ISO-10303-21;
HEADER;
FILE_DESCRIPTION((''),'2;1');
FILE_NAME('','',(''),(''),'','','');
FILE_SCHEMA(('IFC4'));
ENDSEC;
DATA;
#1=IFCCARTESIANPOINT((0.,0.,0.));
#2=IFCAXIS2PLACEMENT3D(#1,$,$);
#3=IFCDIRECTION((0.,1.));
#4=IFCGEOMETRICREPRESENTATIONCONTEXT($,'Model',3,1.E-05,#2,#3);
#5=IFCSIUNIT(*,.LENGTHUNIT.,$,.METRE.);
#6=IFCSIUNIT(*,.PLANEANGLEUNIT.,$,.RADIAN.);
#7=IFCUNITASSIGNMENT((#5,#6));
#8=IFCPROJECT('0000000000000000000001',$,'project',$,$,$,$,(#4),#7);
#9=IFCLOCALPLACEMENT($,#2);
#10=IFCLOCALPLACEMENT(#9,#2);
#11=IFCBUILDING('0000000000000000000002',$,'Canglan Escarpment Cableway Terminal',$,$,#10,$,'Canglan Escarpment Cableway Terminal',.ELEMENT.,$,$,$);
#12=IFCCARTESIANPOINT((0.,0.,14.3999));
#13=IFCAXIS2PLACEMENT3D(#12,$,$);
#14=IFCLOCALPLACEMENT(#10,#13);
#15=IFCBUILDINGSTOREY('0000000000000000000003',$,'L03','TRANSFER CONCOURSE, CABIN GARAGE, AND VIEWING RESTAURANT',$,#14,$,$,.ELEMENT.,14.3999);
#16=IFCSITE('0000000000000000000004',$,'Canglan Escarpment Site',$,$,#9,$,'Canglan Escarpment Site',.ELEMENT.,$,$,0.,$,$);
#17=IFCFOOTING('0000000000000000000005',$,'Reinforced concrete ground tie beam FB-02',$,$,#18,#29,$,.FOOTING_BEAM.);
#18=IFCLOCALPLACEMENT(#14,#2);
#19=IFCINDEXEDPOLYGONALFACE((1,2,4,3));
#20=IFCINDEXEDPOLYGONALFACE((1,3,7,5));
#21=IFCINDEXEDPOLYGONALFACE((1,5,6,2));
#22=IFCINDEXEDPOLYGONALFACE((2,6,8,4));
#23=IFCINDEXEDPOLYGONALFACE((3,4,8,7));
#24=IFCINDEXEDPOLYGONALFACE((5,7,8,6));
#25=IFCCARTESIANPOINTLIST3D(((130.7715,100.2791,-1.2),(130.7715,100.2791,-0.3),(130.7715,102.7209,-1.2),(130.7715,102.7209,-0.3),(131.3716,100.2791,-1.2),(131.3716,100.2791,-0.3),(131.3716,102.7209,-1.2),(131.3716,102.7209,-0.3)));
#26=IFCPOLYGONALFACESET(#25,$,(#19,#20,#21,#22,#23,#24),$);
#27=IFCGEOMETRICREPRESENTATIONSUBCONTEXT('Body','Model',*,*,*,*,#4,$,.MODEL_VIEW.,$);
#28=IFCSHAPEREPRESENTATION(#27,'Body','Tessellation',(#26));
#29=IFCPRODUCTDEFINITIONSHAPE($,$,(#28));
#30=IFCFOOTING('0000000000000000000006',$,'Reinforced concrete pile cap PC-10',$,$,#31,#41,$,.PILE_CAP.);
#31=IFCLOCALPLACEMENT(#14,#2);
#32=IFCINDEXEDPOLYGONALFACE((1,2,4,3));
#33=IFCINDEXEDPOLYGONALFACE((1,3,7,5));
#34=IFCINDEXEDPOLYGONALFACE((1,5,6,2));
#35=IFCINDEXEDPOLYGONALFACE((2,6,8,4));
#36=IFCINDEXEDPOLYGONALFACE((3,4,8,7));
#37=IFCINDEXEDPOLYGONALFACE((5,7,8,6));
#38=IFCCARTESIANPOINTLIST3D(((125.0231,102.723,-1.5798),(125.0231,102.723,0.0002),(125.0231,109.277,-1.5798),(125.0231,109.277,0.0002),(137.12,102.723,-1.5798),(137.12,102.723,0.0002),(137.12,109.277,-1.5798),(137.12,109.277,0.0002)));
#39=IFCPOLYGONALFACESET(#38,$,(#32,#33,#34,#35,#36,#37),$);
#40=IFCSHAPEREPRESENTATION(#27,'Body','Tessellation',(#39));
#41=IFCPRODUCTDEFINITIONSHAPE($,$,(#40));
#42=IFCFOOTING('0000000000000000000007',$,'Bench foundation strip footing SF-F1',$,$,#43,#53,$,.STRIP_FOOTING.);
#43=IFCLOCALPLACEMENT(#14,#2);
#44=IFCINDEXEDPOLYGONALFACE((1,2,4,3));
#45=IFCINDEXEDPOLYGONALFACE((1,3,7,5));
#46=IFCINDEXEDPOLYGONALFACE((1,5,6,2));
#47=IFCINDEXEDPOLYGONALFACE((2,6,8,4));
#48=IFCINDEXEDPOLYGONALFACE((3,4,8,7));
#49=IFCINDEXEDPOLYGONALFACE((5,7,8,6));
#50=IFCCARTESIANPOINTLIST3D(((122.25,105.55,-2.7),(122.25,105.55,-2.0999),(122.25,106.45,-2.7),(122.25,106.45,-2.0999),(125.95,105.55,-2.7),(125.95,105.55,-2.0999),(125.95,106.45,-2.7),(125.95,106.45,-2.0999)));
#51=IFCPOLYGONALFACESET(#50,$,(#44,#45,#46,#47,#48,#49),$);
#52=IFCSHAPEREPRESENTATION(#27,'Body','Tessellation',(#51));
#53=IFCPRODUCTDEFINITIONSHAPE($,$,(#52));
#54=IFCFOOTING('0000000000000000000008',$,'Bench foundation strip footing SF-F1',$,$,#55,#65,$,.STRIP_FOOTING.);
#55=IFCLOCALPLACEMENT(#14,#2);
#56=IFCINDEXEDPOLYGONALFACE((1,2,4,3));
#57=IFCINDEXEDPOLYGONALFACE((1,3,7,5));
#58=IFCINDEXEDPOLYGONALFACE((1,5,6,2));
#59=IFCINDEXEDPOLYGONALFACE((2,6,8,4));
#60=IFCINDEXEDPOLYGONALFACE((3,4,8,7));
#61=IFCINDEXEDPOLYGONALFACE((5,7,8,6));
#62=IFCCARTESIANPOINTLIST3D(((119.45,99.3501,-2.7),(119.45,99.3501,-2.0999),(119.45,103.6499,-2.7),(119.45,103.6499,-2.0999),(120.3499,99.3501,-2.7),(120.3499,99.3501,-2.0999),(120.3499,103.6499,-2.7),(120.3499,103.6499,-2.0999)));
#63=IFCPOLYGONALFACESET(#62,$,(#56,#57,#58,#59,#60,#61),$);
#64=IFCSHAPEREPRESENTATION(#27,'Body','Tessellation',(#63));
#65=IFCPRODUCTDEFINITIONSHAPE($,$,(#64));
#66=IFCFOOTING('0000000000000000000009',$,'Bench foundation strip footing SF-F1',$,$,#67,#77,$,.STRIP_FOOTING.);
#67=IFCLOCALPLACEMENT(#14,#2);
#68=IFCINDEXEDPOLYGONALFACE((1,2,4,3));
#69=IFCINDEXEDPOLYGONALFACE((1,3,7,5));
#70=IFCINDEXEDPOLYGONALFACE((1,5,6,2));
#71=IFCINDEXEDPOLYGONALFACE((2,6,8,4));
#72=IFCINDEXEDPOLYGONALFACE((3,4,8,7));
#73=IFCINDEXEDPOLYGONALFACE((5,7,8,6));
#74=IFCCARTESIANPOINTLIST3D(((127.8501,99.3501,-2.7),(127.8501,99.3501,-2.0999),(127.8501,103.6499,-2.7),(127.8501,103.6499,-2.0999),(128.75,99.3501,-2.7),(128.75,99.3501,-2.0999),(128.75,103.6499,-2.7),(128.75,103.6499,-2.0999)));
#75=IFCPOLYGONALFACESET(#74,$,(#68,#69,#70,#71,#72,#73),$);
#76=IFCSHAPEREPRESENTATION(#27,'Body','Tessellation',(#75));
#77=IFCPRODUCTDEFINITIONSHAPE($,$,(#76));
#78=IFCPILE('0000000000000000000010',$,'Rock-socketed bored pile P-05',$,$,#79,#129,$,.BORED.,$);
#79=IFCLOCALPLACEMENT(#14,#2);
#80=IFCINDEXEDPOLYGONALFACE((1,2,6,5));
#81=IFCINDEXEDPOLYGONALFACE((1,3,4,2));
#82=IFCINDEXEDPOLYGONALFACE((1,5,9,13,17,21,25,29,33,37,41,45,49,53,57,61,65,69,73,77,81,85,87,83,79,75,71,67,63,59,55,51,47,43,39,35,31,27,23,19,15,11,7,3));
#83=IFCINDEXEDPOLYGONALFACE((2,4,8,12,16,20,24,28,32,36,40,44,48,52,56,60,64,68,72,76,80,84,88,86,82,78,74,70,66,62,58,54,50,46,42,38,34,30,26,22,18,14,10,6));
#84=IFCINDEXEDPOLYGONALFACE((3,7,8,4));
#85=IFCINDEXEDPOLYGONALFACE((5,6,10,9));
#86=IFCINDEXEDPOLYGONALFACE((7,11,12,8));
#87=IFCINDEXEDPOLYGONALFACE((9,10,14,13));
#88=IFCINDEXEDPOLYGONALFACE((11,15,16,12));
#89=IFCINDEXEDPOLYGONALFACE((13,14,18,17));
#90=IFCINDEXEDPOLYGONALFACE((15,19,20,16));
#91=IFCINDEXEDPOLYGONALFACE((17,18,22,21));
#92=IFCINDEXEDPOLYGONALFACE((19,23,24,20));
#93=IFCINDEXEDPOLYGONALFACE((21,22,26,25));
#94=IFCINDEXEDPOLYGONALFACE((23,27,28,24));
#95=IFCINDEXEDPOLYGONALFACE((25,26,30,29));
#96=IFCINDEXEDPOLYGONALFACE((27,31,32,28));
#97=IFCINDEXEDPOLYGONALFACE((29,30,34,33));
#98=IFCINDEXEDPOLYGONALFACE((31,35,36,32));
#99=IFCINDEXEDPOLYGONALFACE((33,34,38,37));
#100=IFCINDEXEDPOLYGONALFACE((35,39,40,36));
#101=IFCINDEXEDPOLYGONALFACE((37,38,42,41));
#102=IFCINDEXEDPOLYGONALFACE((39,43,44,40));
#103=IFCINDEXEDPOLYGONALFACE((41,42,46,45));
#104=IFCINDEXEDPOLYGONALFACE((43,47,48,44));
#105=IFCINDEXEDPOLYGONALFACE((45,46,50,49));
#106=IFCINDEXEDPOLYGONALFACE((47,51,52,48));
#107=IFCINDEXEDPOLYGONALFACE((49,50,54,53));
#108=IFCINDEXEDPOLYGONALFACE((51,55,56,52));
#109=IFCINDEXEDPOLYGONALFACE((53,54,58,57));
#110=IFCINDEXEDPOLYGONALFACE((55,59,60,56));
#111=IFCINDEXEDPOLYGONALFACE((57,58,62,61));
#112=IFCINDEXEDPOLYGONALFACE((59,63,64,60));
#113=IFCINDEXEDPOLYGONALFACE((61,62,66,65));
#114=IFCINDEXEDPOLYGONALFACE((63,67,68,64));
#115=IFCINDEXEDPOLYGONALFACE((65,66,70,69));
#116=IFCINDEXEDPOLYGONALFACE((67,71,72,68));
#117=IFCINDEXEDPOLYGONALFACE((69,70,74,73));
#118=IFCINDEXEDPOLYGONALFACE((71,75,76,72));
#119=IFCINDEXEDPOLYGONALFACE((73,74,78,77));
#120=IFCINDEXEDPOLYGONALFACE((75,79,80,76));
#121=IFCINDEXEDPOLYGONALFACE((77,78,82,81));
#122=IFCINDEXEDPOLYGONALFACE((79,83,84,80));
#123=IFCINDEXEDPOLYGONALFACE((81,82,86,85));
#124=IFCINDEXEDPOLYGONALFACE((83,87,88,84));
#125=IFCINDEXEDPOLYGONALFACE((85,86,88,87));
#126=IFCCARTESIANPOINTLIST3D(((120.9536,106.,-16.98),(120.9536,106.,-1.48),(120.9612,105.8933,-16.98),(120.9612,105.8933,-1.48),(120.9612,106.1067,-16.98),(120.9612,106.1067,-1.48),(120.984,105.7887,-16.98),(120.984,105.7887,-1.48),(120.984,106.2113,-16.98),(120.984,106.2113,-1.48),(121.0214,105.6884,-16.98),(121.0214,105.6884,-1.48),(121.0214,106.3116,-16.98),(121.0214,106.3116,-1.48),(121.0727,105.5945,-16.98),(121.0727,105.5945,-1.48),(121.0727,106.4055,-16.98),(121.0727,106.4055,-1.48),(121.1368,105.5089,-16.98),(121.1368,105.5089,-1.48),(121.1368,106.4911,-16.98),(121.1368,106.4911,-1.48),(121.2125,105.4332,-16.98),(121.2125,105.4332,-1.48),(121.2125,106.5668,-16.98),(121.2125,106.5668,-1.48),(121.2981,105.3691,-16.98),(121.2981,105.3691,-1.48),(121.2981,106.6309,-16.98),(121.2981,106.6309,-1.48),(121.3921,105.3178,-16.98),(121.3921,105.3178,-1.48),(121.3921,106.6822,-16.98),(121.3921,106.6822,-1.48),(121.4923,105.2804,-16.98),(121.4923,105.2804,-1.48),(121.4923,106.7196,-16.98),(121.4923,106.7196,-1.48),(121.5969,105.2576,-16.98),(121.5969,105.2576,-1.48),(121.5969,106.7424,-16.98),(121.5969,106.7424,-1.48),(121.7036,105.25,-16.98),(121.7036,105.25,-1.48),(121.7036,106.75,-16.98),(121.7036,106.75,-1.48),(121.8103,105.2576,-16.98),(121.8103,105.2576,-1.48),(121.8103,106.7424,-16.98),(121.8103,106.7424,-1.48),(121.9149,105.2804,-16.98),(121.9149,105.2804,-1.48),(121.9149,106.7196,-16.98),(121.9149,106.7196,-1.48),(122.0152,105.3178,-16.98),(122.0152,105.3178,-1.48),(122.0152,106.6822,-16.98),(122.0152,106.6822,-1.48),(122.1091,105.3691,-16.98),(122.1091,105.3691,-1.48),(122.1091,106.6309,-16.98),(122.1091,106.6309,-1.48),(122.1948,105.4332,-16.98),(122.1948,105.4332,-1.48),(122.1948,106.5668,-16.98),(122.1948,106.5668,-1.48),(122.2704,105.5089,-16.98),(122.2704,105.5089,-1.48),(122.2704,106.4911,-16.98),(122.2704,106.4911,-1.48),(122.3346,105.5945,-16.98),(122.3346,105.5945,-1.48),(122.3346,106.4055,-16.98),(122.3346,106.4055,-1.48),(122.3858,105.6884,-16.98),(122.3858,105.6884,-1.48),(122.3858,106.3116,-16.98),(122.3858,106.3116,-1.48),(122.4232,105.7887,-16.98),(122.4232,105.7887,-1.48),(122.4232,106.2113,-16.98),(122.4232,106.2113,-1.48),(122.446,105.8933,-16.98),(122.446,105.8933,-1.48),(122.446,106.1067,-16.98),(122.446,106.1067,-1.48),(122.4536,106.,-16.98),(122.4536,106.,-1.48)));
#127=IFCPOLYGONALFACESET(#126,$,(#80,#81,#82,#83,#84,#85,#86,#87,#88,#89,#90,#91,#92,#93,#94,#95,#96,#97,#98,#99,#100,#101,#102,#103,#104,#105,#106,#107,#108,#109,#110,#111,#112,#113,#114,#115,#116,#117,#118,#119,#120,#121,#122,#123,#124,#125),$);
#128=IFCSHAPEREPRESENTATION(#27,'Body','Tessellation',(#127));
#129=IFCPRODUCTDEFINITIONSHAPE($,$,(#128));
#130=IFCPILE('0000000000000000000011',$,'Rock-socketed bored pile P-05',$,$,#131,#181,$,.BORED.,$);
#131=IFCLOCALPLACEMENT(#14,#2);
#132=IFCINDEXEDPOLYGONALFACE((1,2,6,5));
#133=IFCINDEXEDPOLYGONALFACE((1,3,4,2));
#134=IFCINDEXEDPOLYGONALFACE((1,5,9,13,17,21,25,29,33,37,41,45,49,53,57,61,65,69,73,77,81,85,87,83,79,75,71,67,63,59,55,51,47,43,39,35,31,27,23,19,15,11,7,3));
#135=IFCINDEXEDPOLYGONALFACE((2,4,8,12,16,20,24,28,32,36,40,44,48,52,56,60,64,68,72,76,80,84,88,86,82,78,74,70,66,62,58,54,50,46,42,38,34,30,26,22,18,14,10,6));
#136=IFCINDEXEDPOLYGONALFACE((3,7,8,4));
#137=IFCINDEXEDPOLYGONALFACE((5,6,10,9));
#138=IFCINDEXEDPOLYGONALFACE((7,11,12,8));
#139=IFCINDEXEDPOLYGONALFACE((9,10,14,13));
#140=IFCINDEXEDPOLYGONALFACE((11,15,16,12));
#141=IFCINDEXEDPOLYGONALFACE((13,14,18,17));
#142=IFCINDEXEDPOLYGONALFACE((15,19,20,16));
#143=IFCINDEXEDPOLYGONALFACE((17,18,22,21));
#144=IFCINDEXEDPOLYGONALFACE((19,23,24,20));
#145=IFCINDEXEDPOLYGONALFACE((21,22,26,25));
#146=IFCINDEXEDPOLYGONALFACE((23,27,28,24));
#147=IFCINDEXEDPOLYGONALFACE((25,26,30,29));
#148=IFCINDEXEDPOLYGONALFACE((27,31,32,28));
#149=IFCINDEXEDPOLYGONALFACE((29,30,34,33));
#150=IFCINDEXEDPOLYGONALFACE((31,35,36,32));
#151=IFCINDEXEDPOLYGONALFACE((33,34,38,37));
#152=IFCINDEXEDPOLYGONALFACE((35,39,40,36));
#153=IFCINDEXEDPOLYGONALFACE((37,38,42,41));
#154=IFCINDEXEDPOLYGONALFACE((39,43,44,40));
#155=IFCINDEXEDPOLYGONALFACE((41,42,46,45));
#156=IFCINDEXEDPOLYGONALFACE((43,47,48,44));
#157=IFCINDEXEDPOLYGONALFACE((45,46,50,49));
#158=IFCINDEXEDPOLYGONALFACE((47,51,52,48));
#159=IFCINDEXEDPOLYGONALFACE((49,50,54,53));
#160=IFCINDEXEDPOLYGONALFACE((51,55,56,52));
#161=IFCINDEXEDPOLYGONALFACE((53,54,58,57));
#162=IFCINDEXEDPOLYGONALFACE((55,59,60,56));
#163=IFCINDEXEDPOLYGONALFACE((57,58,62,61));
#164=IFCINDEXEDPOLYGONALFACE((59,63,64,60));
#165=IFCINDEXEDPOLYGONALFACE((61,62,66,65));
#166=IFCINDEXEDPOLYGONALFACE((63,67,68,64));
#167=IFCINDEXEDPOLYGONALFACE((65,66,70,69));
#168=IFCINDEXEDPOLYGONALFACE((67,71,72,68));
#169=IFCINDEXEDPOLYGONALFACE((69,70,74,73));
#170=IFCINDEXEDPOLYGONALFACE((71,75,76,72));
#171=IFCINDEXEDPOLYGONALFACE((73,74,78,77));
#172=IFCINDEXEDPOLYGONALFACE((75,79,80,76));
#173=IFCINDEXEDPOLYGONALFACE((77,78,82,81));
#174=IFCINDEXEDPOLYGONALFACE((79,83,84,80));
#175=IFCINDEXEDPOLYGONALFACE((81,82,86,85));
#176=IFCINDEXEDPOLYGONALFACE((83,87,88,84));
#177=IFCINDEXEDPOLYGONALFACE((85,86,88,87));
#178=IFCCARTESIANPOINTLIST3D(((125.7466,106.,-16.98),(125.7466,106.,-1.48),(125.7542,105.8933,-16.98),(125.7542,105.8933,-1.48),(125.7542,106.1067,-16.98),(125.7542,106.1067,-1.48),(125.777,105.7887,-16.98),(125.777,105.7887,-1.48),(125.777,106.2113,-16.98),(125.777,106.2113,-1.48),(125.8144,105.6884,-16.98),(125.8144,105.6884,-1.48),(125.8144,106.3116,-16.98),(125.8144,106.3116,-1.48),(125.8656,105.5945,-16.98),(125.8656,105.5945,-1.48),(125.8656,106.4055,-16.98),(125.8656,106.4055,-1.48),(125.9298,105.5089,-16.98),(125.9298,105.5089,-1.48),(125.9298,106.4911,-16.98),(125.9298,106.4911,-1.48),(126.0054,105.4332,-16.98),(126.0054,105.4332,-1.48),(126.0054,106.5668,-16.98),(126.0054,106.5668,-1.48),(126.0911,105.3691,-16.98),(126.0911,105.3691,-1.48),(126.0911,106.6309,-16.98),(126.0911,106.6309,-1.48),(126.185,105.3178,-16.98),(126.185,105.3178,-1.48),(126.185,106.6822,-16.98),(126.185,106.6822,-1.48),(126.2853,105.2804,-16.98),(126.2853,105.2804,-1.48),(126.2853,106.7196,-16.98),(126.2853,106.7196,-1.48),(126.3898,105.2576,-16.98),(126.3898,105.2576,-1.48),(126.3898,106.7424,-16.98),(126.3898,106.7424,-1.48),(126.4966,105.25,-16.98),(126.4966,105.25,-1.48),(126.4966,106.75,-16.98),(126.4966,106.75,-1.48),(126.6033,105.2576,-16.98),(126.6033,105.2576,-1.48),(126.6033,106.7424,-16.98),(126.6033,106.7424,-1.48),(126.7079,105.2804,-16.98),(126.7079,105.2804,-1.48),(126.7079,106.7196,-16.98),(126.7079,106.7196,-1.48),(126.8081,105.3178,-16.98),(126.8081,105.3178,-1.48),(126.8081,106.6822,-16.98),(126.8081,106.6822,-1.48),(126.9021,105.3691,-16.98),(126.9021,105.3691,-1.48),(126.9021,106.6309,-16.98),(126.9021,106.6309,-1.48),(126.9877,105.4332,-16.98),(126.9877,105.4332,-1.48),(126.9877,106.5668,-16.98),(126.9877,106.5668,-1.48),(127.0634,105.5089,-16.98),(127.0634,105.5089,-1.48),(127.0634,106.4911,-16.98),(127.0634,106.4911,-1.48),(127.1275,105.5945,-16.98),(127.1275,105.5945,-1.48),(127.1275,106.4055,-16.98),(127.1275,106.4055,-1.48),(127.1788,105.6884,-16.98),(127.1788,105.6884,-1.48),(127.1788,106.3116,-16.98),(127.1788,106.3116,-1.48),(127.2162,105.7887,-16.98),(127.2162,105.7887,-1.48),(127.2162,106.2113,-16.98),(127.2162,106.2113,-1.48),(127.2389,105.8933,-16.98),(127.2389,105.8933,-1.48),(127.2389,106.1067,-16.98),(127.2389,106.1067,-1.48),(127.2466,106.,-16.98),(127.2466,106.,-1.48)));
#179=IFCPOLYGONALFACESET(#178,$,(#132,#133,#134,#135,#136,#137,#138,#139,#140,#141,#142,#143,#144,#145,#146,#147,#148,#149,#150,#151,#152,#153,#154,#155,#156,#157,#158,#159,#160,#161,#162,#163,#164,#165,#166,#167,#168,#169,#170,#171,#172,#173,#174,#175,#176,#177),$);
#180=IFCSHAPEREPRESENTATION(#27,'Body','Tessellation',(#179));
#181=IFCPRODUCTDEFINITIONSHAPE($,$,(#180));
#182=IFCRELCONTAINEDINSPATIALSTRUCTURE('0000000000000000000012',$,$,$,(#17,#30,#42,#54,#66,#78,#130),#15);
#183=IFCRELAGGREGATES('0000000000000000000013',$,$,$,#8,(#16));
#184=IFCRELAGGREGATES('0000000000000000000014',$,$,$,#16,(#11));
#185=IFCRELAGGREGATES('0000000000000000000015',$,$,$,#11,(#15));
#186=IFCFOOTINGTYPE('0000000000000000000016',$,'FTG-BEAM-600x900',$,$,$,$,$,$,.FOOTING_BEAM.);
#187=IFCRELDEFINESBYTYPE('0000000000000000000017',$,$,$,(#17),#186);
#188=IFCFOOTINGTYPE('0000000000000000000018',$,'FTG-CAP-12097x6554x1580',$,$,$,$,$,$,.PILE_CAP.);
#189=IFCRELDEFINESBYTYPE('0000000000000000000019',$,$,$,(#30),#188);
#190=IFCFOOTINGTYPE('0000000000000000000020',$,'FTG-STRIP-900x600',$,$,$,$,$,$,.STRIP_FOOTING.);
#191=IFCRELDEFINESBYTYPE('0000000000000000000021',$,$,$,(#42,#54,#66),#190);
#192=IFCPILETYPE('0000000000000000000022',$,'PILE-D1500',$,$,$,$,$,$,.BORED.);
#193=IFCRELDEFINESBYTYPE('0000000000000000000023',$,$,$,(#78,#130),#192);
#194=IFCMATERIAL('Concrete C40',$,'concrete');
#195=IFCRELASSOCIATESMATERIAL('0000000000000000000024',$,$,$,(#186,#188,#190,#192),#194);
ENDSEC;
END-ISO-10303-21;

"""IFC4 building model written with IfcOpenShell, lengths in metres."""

from ifc_helpers import new_model, si_unit, direction, frame, origin, origin_2d, place, context, subcontext, project, spatial, rectangle, circle, extrude, material, material_profile, profile_set, type_object, element, save


model = new_model("IFC4")

# Units and contexts
model_context = context("Model", 3, precision=1e-05, world=origin(), true_north=direction((0.0, 1.0)))
body_context = subcontext(model_context, "Body", "Model", "MODEL_VIEW")
ifc_project = project(units=[si_unit("LENGTHUNIT", "METRE"), si_unit("PLANEANGLEUNIT", "RADIAN")], contexts=[model_context])

# Site, building, storey
site_placement = place(None, origin())
site = spatial("IfcSite", under=ifc_project, at=site_placement, Name="Canglan Escarpment Site", LongName="Canglan Escarpment Site", CompositionType="ELEMENT", RefElevation=0.0)
building_placement = place(site_placement, origin())
building = spatial("IfcBuilding", under=site, at=building_placement, Name="Canglan Escarpment Cableway Terminal", LongName="Canglan Escarpment Cableway Terminal", CompositionType="ELEMENT")
storey_placement = place(building_placement, frame((0.0, 0.0, 14.3999)))
storey = spatial("IfcBuildingStorey", under=building, at=storey_placement, Name="L03", Description="TRANSFER CONCOURSE, CABIN GARAGE, AND VIEWING RESTAURANT", CompositionType="ELEMENT", Elevation=14.3999)

# Footings
ifc_material_1 = material(Name="Concrete C40", Category="concrete")
ifc_material_profile_1 = material_profile(ifc_material_1, rectangle(XDim=0.6001, YDim=0.8999, at=origin_2d()), Name="FB 600x900")
ifc_profile_set_1 = profile_set([ifc_material_profile_1], Name="Concrete C40")
footing_type_1 = type_object("IfcFootingType", Name="FTG-BEAM-600x900", PredefinedType="FOOTING_BEAM", material=ifc_profile_set_1)
footing_1_placement = place(storey_placement, frame((131.0715, 100.2791, -0.75), z_axis=(0.0, 1.0, 0.0), x_axis=(-1.0, 0.0, 0.0)))
element("IfcFooting", 1, at=footing_1_placement, inside=storey, type_object=footing_type_1, Name="Reinforced concrete ground tie beam FB-02", PredefinedType="FOOTING_BEAM", context=body_context, shape_type="SweptSolid", body=[
    extrude(rectangle(XDim=0.6001, YDim=0.8999, at=origin_2d()), origin(), (0.0, 0.0, 1.0), 2.4419),
])
footing_type_2 = type_object("IfcFootingType", Name="FTG-CAP-12097x6554x1580", PredefinedType="PILE_CAP", material=ifc_material_1)
footing_2_placement = place(storey_placement, frame((131.0715, 106.0, -1.5798), z_axis=(0.0, 0.0, 1.0), x_axis=(1.0, 0.0, 0.0)))
element("IfcFooting", 2, at=footing_2_placement, inside=storey, type_object=footing_type_2, Name="Reinforced concrete pile cap PC-10", PredefinedType="PILE_CAP", context=body_context, shape_type="SweptSolid", body=[
    extrude(rectangle(XDim=12.0969, YDim=6.554, at=origin_2d()), origin(), (0.0, 0.0, 1.0), 1.5801),
])
ifc_material_profile_2 = material_profile(ifc_material_1, rectangle(XDim=0.8999, YDim=0.6001, at=origin_2d()), Name="SF 900x600")
ifc_profile_set_2 = profile_set([ifc_material_profile_2], Name="Concrete C40")
footing_type_3 = type_object("IfcFootingType", Name="FTG-STRIP-900x600", PredefinedType="STRIP_FOOTING", material=ifc_profile_set_2)
footing_3_placement = place(storey_placement, frame((122.25, 106.0, -2.3999), z_axis=(1.0, 0.0, 0.0), x_axis=(0.0, 1.0, 0.0)))
element("IfcFooting", 3, at=footing_3_placement, inside=storey, type_object=footing_type_3, Name="Bench foundation strip footing SF-F1", PredefinedType="STRIP_FOOTING", context=body_context, shape_type="SweptSolid", body=[
    extrude(rectangle(XDim=0.8999, YDim=0.6001, at=origin_2d()), origin(), (0.0, 0.0, 1.0), 3.7),
])
for number, where, z_axis, x_axis, name in (
    (4, (119.8999, 99.3501, -2.3999), (0.0, 1.0, 0.0), (-1.0, 0.0, 0.0), "Bench foundation strip footing SF-F1"),
    (5, (128.3, 99.3501, -2.3999), (0.0, 1.0, 0.0), (-1.0, 0.0, 0.0), "Bench foundation strip footing SF-F1"),
):
    element("IfcFooting", number, at=place(storey_placement, frame(where, z_axis=z_axis, x_axis=x_axis)), inside=storey, type_object=footing_type_3, Name=name, PredefinedType="STRIP_FOOTING", context=body_context, shape_type="SweptSolid", body=[
        extrude(rectangle(XDim=0.8999, YDim=0.6001, at=origin_2d()), origin(), (0.0, 0.0, 1.0), 4.2998),
    ])

# Piles
ifc_material_profile_3 = material_profile(ifc_material_1, circle(Radius=0.75, at=origin_2d()), Name="BORED PILE D1500")
ifc_profile_set_3 = profile_set([ifc_material_profile_3], Name="Concrete C40")
pile_type = type_object("IfcPileType", Name="PILE-D1500", PredefinedType="BORED", material=ifc_profile_set_3)
for number, where, z_axis, x_axis, name in (
    (6, (121.7036, 106.0, -1.48), (0.0, 0.0, -1.0), (1.0, 0.0, 0.0), "Rock-socketed bored pile P-05"),
    (7, (126.4966, 106.0, -1.48), (0.0, 0.0, -1.0), (1.0, 0.0, 0.0), "Rock-socketed bored pile P-05"),
):
    element("IfcPile", number, at=place(storey_placement, frame(where, z_axis=z_axis, x_axis=x_axis)), inside=storey, type_object=pile_type, Name=name, PredefinedType="BORED", context=body_context, shape_type="SweptSolid", body=[
        extrude(circle(Radius=0.75, at=origin_2d()), origin(), (0.0, 0.0, 1.0), 15.5),
    ])

save(model, "model.ifc")
